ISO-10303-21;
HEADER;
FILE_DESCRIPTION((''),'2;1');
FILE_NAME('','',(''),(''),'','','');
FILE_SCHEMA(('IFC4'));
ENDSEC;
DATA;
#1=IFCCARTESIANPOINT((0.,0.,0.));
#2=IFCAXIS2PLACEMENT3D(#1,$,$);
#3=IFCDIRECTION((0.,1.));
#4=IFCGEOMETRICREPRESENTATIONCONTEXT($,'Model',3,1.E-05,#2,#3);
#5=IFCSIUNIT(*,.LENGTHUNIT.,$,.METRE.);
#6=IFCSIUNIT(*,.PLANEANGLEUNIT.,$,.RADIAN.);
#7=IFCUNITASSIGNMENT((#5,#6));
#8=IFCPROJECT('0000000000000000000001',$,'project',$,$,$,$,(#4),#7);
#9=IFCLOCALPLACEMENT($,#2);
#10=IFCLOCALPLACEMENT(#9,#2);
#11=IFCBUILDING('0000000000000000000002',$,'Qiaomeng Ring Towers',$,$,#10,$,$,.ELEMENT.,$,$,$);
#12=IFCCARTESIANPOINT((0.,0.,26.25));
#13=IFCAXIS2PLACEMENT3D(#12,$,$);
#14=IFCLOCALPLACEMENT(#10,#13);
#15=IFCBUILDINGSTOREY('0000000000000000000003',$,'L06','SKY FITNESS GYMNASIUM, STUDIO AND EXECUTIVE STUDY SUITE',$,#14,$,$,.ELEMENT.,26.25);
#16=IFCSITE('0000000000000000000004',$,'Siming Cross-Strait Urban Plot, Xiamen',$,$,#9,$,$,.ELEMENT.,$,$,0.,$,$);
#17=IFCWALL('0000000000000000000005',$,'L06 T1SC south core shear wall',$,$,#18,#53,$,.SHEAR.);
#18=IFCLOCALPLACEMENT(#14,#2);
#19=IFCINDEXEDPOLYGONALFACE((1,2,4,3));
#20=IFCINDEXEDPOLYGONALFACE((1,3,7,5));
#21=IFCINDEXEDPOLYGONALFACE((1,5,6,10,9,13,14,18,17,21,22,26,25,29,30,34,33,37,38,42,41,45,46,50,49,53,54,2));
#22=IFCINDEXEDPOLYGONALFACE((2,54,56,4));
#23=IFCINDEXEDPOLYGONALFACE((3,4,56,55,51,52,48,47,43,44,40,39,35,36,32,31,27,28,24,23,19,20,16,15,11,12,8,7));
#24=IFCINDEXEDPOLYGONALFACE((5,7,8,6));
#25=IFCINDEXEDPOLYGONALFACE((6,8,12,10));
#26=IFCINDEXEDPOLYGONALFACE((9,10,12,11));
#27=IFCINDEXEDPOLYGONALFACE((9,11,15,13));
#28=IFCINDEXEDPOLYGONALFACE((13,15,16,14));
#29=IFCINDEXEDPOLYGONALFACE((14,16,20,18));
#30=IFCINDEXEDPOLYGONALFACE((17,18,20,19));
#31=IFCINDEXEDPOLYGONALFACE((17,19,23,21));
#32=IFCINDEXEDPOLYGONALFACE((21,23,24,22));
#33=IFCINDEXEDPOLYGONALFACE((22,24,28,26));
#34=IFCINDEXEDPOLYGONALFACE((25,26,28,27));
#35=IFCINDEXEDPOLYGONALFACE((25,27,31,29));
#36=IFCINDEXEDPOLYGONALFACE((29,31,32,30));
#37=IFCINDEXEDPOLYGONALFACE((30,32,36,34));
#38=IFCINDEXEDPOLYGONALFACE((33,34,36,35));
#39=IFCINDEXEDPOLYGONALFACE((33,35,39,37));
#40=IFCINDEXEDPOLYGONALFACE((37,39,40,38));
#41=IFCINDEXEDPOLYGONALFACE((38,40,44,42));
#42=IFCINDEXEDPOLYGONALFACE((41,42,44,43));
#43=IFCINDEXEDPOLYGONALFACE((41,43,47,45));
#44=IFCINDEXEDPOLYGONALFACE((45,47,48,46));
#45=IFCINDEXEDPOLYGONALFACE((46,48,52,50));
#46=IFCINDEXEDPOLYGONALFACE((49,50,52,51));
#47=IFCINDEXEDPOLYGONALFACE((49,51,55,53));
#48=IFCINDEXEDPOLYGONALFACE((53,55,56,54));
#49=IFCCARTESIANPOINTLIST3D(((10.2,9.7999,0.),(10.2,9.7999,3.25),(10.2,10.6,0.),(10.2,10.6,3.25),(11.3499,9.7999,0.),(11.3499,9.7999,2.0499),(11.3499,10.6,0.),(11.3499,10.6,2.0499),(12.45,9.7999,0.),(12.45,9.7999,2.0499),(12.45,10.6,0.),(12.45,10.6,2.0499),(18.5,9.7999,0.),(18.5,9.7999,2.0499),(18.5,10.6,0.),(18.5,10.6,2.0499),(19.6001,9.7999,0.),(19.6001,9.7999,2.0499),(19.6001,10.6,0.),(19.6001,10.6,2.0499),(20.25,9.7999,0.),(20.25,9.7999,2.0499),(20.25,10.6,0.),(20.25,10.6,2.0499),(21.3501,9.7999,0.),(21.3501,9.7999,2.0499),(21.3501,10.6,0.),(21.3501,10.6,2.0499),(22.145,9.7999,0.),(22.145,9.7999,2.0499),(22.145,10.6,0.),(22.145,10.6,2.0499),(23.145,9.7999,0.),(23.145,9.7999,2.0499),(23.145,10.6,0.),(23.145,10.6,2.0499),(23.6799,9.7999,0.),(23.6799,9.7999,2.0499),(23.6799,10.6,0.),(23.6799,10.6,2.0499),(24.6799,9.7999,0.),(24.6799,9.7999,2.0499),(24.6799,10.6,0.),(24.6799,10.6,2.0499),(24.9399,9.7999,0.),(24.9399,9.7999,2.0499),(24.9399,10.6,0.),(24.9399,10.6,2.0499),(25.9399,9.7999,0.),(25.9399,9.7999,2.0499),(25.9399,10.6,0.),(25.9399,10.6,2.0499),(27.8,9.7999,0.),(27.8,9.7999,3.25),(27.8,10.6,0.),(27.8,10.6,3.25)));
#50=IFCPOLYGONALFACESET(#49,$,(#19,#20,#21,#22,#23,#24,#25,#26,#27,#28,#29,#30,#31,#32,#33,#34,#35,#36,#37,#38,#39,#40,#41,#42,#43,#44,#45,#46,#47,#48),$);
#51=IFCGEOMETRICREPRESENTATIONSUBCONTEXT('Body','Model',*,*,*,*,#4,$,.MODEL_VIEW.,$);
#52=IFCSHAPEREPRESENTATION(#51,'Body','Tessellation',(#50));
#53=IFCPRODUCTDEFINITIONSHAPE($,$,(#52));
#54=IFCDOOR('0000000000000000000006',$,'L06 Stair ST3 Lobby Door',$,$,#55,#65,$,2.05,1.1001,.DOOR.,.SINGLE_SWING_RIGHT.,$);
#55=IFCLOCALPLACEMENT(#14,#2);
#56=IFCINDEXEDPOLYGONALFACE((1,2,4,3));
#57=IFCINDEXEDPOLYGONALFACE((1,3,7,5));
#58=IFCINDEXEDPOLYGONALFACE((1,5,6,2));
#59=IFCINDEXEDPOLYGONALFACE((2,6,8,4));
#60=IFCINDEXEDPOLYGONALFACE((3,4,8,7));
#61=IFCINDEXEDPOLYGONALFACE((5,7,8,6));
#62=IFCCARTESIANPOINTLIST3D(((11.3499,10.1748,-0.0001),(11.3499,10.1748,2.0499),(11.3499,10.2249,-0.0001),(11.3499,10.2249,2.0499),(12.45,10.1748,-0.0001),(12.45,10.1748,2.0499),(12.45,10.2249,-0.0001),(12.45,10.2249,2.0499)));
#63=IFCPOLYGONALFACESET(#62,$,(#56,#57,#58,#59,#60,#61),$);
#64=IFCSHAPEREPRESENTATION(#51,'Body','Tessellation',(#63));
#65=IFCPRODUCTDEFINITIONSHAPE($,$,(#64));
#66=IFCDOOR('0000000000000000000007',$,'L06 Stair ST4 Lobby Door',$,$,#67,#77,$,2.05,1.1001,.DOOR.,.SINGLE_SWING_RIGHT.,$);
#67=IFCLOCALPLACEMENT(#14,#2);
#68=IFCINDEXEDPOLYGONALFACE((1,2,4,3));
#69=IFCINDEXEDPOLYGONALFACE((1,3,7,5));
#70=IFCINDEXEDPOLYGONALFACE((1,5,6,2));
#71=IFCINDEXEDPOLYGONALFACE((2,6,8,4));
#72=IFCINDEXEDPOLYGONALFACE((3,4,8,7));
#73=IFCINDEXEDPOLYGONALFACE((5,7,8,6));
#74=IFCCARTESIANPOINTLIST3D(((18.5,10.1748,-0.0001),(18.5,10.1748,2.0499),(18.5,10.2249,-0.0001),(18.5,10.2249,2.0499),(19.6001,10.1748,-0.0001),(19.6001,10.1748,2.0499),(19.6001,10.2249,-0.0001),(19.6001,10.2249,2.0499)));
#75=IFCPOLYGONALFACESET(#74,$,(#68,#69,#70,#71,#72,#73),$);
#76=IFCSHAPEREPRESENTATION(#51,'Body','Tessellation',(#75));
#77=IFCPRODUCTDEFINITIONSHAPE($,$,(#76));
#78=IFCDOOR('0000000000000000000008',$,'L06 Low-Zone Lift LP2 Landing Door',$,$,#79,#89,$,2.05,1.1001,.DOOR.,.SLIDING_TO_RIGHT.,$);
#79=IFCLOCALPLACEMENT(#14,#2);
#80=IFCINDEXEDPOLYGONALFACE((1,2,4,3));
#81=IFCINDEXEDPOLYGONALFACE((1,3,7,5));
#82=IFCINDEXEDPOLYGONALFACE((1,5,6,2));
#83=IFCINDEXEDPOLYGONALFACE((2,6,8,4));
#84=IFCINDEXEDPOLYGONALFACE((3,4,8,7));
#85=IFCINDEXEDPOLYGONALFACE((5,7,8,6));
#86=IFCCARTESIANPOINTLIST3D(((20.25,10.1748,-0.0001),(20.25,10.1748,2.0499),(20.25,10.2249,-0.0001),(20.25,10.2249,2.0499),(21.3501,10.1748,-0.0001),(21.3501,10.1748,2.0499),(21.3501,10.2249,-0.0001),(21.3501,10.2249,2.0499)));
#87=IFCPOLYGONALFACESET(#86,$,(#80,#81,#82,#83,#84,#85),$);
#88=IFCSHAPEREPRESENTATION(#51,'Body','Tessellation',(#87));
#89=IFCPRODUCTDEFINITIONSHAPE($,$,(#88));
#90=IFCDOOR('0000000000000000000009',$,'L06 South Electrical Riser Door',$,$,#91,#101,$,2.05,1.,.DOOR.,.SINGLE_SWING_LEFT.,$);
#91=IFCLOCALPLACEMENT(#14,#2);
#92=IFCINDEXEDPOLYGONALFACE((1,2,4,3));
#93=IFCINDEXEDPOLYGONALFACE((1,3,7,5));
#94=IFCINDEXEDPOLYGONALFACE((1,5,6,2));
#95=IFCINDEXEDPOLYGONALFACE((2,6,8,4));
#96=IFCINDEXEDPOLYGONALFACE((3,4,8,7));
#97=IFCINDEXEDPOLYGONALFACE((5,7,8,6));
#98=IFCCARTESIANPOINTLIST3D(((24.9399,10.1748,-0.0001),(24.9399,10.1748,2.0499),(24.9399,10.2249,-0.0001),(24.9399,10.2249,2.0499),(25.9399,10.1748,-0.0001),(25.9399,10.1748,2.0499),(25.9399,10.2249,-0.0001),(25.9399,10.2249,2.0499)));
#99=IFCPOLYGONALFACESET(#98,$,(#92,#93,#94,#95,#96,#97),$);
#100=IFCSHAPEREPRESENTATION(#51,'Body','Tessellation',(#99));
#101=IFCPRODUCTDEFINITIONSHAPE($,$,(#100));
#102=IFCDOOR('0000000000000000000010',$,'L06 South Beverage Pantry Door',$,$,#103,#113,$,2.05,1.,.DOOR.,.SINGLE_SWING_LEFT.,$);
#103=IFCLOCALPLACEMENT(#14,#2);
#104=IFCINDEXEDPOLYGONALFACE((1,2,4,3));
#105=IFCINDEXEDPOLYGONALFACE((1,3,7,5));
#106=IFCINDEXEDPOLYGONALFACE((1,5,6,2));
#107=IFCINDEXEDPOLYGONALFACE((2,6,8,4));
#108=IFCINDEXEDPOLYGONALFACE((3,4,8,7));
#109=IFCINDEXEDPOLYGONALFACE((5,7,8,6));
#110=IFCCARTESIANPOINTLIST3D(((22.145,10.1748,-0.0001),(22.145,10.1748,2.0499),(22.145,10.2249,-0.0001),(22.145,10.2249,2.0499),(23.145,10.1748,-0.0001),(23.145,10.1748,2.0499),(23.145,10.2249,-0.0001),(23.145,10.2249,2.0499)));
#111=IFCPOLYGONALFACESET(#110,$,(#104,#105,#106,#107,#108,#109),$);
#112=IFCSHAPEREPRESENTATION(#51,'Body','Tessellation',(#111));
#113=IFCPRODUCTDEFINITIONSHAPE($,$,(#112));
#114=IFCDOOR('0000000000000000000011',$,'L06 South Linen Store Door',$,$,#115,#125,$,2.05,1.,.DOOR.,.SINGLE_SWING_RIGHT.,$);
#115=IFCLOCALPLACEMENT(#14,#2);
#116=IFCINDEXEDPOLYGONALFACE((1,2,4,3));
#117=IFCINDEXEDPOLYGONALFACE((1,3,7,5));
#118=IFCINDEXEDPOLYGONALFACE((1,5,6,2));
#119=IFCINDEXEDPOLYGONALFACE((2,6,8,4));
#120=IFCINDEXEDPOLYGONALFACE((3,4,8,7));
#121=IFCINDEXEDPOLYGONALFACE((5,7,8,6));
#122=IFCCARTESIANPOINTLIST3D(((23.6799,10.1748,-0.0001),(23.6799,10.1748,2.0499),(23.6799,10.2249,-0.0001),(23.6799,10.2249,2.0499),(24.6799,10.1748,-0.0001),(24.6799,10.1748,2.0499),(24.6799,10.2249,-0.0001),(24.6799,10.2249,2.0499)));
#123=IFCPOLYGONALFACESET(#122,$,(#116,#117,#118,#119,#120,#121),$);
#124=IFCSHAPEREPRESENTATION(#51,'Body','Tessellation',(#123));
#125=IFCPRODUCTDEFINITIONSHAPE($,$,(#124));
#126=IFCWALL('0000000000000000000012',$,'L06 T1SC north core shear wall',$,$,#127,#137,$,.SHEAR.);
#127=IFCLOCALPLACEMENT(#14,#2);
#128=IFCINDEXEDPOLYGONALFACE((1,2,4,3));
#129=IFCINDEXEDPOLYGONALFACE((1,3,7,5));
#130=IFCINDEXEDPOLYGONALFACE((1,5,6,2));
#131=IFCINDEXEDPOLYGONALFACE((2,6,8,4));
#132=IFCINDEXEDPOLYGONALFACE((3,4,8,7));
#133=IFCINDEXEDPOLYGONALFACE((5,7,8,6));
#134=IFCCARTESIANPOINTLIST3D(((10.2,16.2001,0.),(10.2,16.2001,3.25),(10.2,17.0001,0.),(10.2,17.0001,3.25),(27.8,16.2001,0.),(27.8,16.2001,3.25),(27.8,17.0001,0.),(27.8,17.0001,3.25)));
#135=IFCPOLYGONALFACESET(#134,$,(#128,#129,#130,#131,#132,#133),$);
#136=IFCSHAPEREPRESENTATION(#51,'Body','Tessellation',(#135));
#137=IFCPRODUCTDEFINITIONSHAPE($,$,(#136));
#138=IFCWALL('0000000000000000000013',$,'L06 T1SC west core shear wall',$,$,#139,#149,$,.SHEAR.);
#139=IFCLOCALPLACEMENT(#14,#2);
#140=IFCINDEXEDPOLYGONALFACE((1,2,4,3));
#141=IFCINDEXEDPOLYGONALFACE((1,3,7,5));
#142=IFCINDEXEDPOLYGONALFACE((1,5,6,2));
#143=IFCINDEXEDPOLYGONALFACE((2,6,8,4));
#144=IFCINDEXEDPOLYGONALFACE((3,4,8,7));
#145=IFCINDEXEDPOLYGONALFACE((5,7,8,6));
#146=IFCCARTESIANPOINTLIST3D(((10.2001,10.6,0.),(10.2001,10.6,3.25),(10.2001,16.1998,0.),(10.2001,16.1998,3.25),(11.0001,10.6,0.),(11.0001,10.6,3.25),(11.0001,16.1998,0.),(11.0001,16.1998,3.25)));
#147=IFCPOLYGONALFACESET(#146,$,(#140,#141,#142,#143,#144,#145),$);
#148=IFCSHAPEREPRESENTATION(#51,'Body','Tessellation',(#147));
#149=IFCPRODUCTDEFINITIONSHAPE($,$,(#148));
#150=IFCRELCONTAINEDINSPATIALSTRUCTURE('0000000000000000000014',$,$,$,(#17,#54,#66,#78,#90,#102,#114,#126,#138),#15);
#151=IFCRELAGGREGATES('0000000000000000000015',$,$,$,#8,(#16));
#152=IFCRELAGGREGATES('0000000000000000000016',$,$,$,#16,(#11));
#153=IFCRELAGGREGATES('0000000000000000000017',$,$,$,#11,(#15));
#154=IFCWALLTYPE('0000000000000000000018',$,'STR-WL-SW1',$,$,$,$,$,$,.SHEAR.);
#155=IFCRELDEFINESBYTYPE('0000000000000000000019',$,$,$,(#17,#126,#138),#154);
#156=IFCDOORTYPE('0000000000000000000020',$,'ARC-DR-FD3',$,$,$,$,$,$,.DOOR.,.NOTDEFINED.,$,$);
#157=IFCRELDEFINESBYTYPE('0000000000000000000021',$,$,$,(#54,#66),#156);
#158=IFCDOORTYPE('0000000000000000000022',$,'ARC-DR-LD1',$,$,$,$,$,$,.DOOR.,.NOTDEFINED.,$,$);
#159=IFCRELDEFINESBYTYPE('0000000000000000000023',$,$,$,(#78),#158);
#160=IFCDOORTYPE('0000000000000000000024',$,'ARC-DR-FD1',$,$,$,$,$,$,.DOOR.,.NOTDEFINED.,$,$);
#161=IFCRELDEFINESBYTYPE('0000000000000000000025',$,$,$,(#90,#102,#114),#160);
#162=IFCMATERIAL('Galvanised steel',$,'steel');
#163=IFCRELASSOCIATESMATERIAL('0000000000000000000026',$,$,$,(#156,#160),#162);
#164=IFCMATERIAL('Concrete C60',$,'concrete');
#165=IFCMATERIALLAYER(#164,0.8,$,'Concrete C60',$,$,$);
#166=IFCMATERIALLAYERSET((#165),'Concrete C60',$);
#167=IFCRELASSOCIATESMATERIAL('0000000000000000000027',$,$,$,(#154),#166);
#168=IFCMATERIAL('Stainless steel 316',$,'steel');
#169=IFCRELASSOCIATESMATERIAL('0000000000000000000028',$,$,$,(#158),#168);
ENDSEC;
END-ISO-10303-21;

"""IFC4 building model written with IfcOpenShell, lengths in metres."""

from ifc_helpers import new_model, si_unit, direction, frame, frame_2d, origin, place, context, subcontext, project, spatial, rectangle, extrude, source, transform, mapped, material, layer, layer_set, type_object, element, fill, save


model = new_model("IFC4")

# Units and contexts
model_context = context("Model", 3, precision=1e-05, world=origin(), true_north=direction((0.0, 1.0)))
body_context = subcontext(model_context, "Body", "Model", "MODEL_VIEW")
ifc_project = project(units=[si_unit("LENGTHUNIT", "METRE"), si_unit("PLANEANGLEUNIT", "RADIAN")], contexts=[model_context])

# Site, building, storey
site_placement = place(None, origin())
site = spatial("IfcSite", under=ifc_project, at=site_placement, Name="Siming Cross-Strait Urban Plot, Xiamen", CompositionType="ELEMENT", RefElevation=0.0)
building_placement = place(site_placement, origin())
building = spatial("IfcBuilding", under=site, at=building_placement, Name="Qiaomeng Ring Towers", CompositionType="ELEMENT")
storey_placement = place(building_placement, frame((0.0, 0.0, 26.25)))
storey = spatial("IfcBuildingStorey", under=building, at=storey_placement, Name="L06", Description="SKY FITNESS GYMNASIUM, STUDIO AND EXECUTIVE STUDY SUITE", CompositionType="ELEMENT", Elevation=26.25)

# Shared definitions
shared_shape_1 = source(origin(), body_context, "Body", "SweptSolid", [
    extrude(rectangle(XDim=1.0, YDim=2.05, at=frame_2d((0.5, 1.0249))), frame((0.0, 0.0249, 0.0), z_axis=(0.0, -1.0, 0.0), x_axis=(1.0, 0.0, 0.0)), (0.0, 0.0, 1.0), 0.05),
])

# Shared definitions
ifc_material_1 = material(Name="Galvanised steel", Category="steel")
door_type_1 = type_object("IfcDoorType", Name="ARC-DR-FD3", OperationType="NOTDEFINED", PredefinedType="DOOR", material=ifc_material_1)
shared_shape_2 = source(origin(), body_context, "Body", "SweptSolid", [
    extrude(rectangle(XDim=1.1001, YDim=2.05, at=frame_2d((0.55, 1.0249))), frame((0.0, 0.0249, 0.0), z_axis=(0.0, -1.0, 0.0), x_axis=(1.0, 0.0, 0.0)), (0.0, 0.0, 1.0), 0.05),
])

# Wall, openings, doors
ifc_material_2 = material(Name="Concrete C60", Category="concrete")
ifc_layer_1 = layer(ifc_material_2, 0.8, Name="Concrete C60")
ifc_layer_set_1 = layer_set([ifc_layer_1], Name="Concrete C60")
wall_type_1 = type_object("IfcWallType", Name="STR-WL-SW1", PredefinedType="SHEAR", material=ifc_layer_set_1)
wall_1_placement = place(storey_placement, frame((10.2, 10.2, 0.0), z_axis=(0.0, 0.0, 1.0), x_axis=(1.0, 0.0, 0.0)))
wall_1 = element("IfcWall", 1, at=wall_1_placement, inside=storey, type_object=wall_type_1, Name="L06 T1SC south core shear wall", PredefinedType="SHEAR", context=body_context, shape_type="SweptSolid", body=[
    extrude(rectangle(XDim=17.6001, YDim=0.8, at=frame_2d((8.8, 0.0))), origin(), (0.0, 0.0, 1.0), 3.25),
])
opening_1_placement = place(wall_1_placement, frame((1.1499, 0.0, 0.0)))
opening_1 = element("IfcOpeningElement", 2, at=opening_1_placement, cuts=wall_1, PredefinedType="OPENING", context=body_context, shape_type="SweptSolid", body=[
    extrude(rectangle(XDim=1.1001, YDim=2.05, at=frame_2d((0.55, 1.0249))), frame((0.0, 0.4099, 0.0), z_axis=(0.0, -1.0, 0.0), x_axis=(1.0, 0.0, 0.0)), (0.0, 0.0, 1.0), 0.8201),
])
opening_2_placement = place(wall_1_placement, frame((8.3, 0.0, 0.0)))
opening_2 = element("IfcOpeningElement", 3, at=opening_2_placement, cuts=wall_1, PredefinedType="OPENING", context=body_context, shape_type="SweptSolid", body=[
    extrude(rectangle(XDim=1.1001, YDim=2.05, at=frame_2d((0.55, 1.0249))), frame((0.0, 0.4099, 0.0), z_axis=(0.0, -1.0, 0.0), x_axis=(1.0, 0.0, 0.0)), (0.0, 0.0, 1.0), 0.8201),
])
opening_3_placement = place(wall_1_placement, frame((10.05, 0.0, 0.0)))
opening_3 = element("IfcOpeningElement", 4, at=opening_3_placement, cuts=wall_1, PredefinedType="OPENING", context=body_context, shape_type="SweptSolid", body=[
    extrude(rectangle(XDim=1.1001, YDim=2.05, at=frame_2d((0.55, 1.0249))), frame((0.0, 0.4099, 0.0), z_axis=(0.0, -1.0, 0.0), x_axis=(1.0, 0.0, 0.0)), (0.0, 0.0, 1.0), 0.8201),
])
opening_4_placement = place(wall_1_placement, frame((14.74, 0.0, 0.0)))
opening_4 = element("IfcOpeningElement", 5, at=opening_4_placement, cuts=wall_1, PredefinedType="OPENING", context=body_context, shape_type="SweptSolid", body=[
    extrude(rectangle(XDim=1.0, YDim=2.05, at=frame_2d((0.5, 1.0249))), frame((0.0, 0.4099, 0.0), z_axis=(0.0, -1.0, 0.0), x_axis=(1.0, 0.0, 0.0)), (0.0, 0.0, 1.0), 0.8201),
])
opening_5_placement = place(wall_1_placement, frame((11.9451, 0.0, 0.0)))
opening_5 = element("IfcOpeningElement", 6, at=opening_5_placement, cuts=wall_1, PredefinedType="OPENING", context=body_context, shape_type="SweptSolid", body=[
    extrude(rectangle(XDim=1.0, YDim=2.05, at=frame_2d((0.5, 1.0249))), frame((0.0, 0.4099, 0.0), z_axis=(0.0, -1.0, 0.0), x_axis=(1.0, 0.0, 0.0)), (0.0, 0.0, 1.0), 0.8201),
])
opening_6_placement = place(wall_1_placement, frame((13.48, 0.0, 0.0)))
opening_6 = element("IfcOpeningElement", 7, at=opening_6_placement, cuts=wall_1, PredefinedType="OPENING", context=body_context, shape_type="SweptSolid", body=[
    extrude(rectangle(XDim=1.0, YDim=2.05, at=frame_2d((0.5, 1.0249))), frame((0.0, 0.4099, 0.0), z_axis=(0.0, -1.0, 0.0), x_axis=(1.0, 0.0, 0.0)), (0.0, 0.0, 1.0), 0.8201),
])
door_1_placement = place(opening_1_placement, origin())
door_1 = element("IfcDoor", 8, at=door_1_placement, inside=storey, type_object=door_type_1, Name="L06 Stair ST3 Lobby Door", OperationType="SINGLE_SWING_RIGHT", OverallHeight=2.05, OverallWidth=1.1001, PredefinedType="DOOR", context=body_context, shape_type="MappedRepresentation", body=[
    mapped(shared_shape_2, transform((0.0, 0.0, 0.0), x_axis=(1.0, 0.0, 0.0), y_axis=(0.0, 1.0, 0.0), z_axis=(0.0, 0.0, 1.0), scale=1.0)),
])
fill(opening_1, door_1)
door_2_placement = place(opening_2_placement, origin())
door_2 = element("IfcDoor", 9, at=door_2_placement, inside=storey, type_object=door_type_1, Name="L06 Stair ST4 Lobby Door", OperationType="SINGLE_SWING_RIGHT", OverallHeight=2.05, OverallWidth=1.1001, PredefinedType="DOOR", context=body_context, shape_type="MappedRepresentation", body=[
    mapped(shared_shape_2, transform((0.0, 0.0, 0.0), x_axis=(1.0, 0.0, 0.0), y_axis=(0.0, 1.0, 0.0), z_axis=(0.0, 0.0, 1.0), scale=1.0)),
])
fill(opening_2, door_2)
ifc_material_3 = material(Name="Stainless steel 316", Category="steel")
door_type_2 = type_object("IfcDoorType", Name="ARC-DR-LD1", OperationType="NOTDEFINED", PredefinedType="DOOR", material=ifc_material_3)
door_3_placement = place(opening_3_placement, origin())
door_3 = element("IfcDoor", 10, at=door_3_placement, inside=storey, type_object=door_type_2, Name="L06 Low-Zone Lift LP2 Landing Door", OperationType="SLIDING_TO_RIGHT", OverallHeight=2.05, OverallWidth=1.1001, PredefinedType="DOOR", context=body_context, shape_type="MappedRepresentation", body=[
    mapped(shared_shape_2, transform((0.0, 0.0, 0.0), x_axis=(1.0, 0.0, 0.0), y_axis=(0.0, 1.0, 0.0), z_axis=(0.0, 0.0, 1.0), scale=1.0)),
])
fill(opening_3, door_3)
door_type_3 = type_object("IfcDoorType", Name="ARC-DR-FD1", OperationType="NOTDEFINED", PredefinedType="DOOR", material=ifc_material_1)
door_4_placement = place(opening_4_placement, origin())
door_4 = element("IfcDoor", 11, at=door_4_placement, inside=storey, type_object=door_type_3, Name="L06 South Electrical Riser Door", OperationType="SINGLE_SWING_LEFT", OverallHeight=2.05, OverallWidth=1.0, PredefinedType="DOOR", context=body_context, shape_type="MappedRepresentation", body=[
    mapped(shared_shape_1, transform((0.0, 0.0, 0.0), x_axis=(1.0, 0.0, 0.0), y_axis=(0.0, 1.0, 0.0), z_axis=(0.0, 0.0, 1.0), scale=1.0)),
])
fill(opening_4, door_4)
door_5_placement = place(opening_5_placement, origin())
door_5 = element("IfcDoor", 12, at=door_5_placement, inside=storey, type_object=door_type_3, Name="L06 South Beverage Pantry Door", OperationType="SINGLE_SWING_LEFT", OverallHeight=2.05, OverallWidth=1.0, PredefinedType="DOOR", context=body_context, shape_type="MappedRepresentation", body=[
    mapped(shared_shape_1, transform((0.0, 0.0, 0.0), x_axis=(1.0, 0.0, 0.0), y_axis=(0.0, 1.0, 0.0), z_axis=(0.0, 0.0, 1.0), scale=1.0)),
])
fill(opening_5, door_5)
door_6_placement = place(opening_6_placement, origin())
door_6 = element("IfcDoor", 13, at=door_6_placement, inside=storey, type_object=door_type_3, Name="L06 South Linen Store Door", OperationType="SINGLE_SWING_RIGHT", OverallHeight=2.05, OverallWidth=1.0, PredefinedType="DOOR", context=body_context, shape_type="MappedRepresentation", body=[
    mapped(shared_shape_1, transform((0.0, 0.0, 0.0), x_axis=(1.0, 0.0, 0.0), y_axis=(0.0, 1.0, 0.0), z_axis=(0.0, 0.0, 1.0), scale=1.0)),
])
fill(opening_6, door_6)

# Walls
wall_2_placement = place(storey_placement, frame((10.2, 16.6001, 0.0), z_axis=(0.0, 0.0, 1.0), x_axis=(1.0, 0.0, 0.0)))
element("IfcWall", 14, at=wall_2_placement, inside=storey, type_object=wall_type_1, Name="L06 T1SC north core shear wall", PredefinedType="SHEAR", context=body_context, shape_type="SweptSolid", body=[
    extrude(rectangle(XDim=17.6001, YDim=0.8, at=frame_2d((8.8, 0.0))), origin(), (0.0, 0.0, 1.0), 3.25),
])
wall_3_placement = place(storey_placement, frame((10.6001, 10.6001, 0.0), z_axis=(0.0, 0.0, 1.0), x_axis=(0.0, 1.0, 0.0)))
element("IfcWall", 15, at=wall_3_placement, inside=storey, type_object=wall_type_1, Name="L06 T1SC west core shear wall", PredefinedType="SHEAR", context=body_context, shape_type="SweptSolid", body=[
    extrude(rectangle(XDim=5.5999, YDim=0.8, at=frame_2d((2.7998, 0.0))), origin(), (0.0, 0.0, 1.0), 3.25),
])

save(model, "model.ifc")
